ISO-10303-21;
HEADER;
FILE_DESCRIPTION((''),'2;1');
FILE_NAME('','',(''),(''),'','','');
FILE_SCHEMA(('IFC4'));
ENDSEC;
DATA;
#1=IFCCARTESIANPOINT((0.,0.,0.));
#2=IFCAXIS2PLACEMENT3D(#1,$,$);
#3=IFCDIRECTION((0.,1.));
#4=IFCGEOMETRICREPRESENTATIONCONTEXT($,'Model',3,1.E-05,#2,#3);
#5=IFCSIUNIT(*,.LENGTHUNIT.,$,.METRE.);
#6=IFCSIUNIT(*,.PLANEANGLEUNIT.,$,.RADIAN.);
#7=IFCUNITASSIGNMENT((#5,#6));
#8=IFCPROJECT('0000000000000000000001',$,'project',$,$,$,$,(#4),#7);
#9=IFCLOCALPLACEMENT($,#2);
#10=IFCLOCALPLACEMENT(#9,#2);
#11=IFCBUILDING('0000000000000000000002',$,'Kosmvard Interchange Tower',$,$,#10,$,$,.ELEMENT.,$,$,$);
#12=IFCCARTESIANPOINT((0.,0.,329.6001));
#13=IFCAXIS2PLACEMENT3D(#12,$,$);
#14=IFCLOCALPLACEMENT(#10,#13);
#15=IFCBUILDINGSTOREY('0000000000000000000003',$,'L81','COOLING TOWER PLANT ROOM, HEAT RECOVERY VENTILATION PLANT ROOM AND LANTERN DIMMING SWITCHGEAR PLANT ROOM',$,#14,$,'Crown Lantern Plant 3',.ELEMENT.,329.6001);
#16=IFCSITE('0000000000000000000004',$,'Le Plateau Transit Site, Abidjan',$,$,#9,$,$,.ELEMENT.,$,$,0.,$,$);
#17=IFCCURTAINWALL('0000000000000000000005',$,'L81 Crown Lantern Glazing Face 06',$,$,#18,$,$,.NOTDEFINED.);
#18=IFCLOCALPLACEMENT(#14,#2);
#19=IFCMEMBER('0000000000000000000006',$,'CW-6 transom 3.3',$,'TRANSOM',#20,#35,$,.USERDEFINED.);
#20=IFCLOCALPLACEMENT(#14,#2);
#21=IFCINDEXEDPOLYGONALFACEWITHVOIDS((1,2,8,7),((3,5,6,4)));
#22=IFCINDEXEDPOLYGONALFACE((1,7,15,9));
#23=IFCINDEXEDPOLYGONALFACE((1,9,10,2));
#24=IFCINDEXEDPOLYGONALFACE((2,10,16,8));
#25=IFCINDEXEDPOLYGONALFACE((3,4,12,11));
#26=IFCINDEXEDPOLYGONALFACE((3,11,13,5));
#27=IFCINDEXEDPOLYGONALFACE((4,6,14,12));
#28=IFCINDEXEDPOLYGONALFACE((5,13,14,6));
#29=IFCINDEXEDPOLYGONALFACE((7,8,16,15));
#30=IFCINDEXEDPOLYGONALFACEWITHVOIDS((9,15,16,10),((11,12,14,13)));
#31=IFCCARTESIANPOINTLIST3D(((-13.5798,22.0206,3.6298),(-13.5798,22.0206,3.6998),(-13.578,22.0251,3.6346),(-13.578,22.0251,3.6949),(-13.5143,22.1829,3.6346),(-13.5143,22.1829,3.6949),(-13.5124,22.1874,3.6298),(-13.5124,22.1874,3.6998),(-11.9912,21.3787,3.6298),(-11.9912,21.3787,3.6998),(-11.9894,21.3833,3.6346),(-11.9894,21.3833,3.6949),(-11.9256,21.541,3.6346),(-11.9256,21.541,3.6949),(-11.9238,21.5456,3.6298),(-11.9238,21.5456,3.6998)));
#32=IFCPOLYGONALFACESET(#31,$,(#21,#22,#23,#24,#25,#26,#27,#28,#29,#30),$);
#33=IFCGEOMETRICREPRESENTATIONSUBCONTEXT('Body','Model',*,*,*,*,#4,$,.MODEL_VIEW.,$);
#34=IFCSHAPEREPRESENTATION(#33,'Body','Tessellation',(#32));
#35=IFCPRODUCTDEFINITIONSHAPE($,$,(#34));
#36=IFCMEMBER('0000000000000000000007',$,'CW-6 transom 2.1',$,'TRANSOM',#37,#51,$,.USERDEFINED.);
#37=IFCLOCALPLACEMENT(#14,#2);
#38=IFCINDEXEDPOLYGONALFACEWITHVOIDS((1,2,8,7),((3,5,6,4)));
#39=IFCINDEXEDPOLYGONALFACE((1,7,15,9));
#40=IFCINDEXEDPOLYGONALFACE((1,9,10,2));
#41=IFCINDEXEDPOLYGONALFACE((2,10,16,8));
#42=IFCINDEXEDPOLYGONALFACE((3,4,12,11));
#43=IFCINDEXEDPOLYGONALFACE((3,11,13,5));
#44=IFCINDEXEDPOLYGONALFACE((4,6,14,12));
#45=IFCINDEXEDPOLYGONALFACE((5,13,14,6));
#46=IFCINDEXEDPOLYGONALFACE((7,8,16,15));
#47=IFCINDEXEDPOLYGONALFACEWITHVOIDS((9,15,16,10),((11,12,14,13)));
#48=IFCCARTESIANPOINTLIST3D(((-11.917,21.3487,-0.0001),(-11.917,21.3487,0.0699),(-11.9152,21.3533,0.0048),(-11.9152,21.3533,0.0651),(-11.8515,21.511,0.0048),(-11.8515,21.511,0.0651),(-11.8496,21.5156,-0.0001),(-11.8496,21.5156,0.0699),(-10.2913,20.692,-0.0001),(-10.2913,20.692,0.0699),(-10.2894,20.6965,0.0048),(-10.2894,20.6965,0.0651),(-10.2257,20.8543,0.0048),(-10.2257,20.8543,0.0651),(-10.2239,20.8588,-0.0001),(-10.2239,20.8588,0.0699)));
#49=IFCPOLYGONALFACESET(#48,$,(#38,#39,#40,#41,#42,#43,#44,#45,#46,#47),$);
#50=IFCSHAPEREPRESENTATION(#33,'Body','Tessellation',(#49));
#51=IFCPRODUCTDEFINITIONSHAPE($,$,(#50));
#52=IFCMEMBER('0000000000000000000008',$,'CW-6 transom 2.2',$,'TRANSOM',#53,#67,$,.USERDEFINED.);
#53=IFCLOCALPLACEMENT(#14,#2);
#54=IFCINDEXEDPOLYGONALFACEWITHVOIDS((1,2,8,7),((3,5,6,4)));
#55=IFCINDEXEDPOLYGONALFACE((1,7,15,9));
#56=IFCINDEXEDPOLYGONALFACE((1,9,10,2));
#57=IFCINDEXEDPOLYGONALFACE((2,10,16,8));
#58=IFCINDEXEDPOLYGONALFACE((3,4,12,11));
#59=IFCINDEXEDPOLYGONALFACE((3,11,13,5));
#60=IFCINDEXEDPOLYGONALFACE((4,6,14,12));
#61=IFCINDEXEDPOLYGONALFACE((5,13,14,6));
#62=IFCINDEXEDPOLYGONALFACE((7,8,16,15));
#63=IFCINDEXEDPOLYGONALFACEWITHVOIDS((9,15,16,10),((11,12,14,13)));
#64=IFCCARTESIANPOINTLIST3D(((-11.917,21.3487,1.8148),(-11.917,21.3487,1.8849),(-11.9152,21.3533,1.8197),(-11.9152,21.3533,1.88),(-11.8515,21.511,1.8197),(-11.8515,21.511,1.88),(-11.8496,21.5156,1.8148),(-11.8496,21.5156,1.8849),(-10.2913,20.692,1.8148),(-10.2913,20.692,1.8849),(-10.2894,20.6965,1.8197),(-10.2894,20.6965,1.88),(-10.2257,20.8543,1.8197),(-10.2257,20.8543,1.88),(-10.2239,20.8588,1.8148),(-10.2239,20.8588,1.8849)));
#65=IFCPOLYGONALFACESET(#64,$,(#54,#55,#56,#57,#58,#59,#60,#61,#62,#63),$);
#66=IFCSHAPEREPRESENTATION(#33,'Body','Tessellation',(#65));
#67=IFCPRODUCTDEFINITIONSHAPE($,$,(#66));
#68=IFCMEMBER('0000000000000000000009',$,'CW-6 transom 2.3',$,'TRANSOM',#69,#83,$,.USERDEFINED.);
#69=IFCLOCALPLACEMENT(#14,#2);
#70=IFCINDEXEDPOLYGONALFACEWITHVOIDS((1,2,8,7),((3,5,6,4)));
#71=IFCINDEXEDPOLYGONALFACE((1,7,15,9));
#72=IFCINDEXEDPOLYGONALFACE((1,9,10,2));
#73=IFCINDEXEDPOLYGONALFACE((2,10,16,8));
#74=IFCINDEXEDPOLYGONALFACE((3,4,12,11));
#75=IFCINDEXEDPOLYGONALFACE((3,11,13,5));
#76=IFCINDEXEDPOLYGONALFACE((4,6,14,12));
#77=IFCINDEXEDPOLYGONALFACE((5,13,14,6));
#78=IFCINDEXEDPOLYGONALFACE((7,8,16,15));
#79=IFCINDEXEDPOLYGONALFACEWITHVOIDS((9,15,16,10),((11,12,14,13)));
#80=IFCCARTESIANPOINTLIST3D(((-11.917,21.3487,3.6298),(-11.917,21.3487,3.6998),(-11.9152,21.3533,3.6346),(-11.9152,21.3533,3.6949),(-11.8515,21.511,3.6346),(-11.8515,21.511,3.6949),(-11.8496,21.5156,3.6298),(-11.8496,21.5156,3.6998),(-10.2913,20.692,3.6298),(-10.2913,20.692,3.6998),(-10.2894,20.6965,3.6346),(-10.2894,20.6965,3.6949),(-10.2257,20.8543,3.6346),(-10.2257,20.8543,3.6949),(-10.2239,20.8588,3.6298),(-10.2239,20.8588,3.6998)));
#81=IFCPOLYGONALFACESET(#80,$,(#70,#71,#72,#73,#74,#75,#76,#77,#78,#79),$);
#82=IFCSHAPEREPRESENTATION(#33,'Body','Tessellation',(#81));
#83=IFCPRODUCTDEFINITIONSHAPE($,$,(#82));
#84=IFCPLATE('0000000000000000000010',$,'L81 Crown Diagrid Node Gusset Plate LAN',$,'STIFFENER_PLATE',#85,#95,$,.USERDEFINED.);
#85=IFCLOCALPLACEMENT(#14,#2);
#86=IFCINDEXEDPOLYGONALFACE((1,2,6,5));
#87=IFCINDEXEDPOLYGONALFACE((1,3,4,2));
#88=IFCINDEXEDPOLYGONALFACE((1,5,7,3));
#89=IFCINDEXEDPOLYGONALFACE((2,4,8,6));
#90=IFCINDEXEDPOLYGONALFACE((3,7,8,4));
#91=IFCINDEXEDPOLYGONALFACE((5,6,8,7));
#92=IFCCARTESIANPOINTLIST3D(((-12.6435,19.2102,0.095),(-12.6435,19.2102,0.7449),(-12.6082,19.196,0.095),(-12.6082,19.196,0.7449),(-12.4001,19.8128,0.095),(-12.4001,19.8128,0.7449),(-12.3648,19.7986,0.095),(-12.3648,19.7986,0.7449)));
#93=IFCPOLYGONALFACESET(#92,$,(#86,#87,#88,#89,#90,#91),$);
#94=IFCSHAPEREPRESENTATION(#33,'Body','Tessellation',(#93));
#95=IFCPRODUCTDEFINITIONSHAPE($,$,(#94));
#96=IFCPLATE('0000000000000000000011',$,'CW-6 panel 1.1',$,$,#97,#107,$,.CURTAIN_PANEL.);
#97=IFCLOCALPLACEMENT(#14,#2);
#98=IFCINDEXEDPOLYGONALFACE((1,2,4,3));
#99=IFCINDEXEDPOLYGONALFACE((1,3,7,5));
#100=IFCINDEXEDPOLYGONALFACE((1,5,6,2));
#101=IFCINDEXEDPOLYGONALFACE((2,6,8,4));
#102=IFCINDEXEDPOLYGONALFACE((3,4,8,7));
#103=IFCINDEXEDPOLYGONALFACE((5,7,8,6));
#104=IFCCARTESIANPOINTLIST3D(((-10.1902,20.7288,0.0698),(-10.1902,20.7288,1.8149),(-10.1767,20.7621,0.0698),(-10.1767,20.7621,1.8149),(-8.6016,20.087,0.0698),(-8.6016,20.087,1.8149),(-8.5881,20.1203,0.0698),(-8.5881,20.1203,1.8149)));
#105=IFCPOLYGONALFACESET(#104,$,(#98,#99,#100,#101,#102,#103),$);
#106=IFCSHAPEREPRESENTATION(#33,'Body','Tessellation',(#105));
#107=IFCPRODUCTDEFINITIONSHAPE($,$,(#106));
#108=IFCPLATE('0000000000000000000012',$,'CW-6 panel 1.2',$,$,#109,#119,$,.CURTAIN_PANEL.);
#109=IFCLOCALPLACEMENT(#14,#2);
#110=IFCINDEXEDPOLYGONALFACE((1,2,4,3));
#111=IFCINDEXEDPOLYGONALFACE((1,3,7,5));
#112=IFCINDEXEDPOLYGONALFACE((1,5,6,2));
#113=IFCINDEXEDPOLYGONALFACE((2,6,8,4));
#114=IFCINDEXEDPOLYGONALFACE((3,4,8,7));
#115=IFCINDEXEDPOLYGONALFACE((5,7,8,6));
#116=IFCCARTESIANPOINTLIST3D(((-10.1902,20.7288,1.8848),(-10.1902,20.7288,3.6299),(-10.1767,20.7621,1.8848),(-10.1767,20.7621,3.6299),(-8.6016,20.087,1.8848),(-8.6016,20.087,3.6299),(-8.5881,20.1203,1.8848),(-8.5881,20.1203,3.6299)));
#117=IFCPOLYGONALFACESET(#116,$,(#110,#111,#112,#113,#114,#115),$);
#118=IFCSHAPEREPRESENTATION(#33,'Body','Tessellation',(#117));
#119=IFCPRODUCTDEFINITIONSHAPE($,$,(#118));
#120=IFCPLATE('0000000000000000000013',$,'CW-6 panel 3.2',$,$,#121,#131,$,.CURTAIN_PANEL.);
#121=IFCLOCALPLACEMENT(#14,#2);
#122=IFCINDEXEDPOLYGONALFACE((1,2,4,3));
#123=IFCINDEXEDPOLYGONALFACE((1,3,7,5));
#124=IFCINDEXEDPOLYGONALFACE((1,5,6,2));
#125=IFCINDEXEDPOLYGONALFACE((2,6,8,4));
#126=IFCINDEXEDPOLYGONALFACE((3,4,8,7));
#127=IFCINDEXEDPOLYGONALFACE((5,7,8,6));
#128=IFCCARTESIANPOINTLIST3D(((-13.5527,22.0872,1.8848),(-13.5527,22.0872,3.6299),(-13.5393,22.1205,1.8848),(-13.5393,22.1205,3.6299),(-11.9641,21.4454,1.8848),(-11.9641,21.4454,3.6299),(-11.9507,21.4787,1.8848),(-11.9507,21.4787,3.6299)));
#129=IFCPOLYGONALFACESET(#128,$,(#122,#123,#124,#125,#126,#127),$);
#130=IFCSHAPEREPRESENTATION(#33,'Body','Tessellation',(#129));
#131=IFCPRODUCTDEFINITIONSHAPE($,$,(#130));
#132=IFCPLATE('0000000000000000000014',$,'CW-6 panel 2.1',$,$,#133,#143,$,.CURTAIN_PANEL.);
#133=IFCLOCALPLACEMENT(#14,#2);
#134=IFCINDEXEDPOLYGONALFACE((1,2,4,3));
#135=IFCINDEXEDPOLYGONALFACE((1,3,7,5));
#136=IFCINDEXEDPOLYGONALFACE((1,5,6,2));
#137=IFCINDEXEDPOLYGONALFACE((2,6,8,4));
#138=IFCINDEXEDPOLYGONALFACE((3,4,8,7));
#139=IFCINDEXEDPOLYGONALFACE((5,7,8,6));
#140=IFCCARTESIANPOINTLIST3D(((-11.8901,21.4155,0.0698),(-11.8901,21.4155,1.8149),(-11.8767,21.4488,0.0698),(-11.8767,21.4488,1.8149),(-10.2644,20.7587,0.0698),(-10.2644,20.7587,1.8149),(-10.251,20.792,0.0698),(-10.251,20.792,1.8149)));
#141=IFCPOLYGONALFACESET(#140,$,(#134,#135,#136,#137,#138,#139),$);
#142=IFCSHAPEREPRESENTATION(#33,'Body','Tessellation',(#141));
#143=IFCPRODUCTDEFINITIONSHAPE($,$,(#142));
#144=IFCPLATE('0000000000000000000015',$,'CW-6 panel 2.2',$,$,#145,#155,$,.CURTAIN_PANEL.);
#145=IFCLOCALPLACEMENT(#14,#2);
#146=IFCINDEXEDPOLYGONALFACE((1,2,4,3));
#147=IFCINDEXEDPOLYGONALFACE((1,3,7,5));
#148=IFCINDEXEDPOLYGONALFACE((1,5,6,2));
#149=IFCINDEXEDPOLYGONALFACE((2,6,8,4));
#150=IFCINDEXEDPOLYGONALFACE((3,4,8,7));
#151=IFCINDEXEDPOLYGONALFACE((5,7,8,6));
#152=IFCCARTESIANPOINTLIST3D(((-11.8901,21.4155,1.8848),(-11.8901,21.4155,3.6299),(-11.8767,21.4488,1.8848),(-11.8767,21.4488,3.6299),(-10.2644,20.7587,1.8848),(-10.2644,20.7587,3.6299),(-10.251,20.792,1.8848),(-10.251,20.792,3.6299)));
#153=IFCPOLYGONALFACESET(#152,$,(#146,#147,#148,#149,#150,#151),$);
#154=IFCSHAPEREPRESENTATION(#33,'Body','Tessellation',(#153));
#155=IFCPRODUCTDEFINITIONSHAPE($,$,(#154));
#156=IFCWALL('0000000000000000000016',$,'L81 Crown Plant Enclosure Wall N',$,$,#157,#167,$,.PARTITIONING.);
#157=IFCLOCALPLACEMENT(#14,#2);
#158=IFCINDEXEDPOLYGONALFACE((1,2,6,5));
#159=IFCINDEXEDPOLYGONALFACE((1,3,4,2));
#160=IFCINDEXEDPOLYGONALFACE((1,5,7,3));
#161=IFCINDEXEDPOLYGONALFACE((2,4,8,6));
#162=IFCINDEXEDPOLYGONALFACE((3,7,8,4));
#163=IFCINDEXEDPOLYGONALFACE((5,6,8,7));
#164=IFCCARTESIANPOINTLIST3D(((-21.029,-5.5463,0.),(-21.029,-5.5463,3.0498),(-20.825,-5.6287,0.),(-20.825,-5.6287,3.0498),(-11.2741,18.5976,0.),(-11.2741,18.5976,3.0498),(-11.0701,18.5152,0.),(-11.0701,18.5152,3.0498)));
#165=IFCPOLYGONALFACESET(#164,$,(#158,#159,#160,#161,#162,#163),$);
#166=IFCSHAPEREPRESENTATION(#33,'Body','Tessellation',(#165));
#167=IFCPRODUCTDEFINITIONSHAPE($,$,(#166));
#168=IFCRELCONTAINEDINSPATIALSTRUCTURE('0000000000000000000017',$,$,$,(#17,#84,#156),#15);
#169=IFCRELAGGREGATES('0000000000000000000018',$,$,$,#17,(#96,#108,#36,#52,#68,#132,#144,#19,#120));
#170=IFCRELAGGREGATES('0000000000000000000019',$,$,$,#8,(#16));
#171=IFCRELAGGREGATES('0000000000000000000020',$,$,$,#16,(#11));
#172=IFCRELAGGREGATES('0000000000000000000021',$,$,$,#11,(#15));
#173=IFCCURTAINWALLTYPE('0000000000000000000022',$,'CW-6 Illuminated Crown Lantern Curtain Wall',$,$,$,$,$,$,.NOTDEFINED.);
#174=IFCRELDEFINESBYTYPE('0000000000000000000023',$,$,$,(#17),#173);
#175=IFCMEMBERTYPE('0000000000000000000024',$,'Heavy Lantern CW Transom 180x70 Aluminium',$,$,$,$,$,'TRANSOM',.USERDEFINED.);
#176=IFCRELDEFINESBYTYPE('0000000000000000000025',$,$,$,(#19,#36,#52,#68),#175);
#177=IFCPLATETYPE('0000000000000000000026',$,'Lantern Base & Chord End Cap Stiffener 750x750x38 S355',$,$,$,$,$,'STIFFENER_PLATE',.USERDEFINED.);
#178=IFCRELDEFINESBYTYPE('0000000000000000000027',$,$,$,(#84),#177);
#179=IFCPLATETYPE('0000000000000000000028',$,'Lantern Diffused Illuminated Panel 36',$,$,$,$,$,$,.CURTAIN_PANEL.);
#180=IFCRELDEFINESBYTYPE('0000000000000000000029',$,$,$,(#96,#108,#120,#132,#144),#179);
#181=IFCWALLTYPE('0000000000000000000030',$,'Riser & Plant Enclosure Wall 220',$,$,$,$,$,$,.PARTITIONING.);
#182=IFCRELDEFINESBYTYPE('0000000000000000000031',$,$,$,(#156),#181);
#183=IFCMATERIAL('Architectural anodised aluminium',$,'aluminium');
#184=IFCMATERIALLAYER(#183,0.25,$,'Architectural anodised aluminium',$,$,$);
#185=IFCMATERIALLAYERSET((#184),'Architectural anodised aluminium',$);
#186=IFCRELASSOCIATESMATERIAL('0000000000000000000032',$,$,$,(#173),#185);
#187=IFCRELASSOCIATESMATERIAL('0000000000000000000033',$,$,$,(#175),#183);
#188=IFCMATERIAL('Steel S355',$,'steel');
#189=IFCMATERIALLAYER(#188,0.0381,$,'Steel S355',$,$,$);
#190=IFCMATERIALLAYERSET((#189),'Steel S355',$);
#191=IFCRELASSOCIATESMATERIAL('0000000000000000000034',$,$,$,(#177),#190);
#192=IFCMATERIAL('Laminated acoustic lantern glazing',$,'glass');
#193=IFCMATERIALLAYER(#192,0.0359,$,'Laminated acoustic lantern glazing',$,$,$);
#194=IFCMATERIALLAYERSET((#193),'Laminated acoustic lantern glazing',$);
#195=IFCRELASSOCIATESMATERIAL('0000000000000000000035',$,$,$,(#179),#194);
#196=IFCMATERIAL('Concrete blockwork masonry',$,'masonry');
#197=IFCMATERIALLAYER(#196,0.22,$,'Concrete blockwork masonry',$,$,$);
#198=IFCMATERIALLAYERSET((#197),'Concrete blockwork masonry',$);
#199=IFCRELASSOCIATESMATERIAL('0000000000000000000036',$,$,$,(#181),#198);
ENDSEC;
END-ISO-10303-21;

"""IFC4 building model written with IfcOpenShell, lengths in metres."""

from ifc_helpers import new_model, si_unit, direction, frame, frame_2d, origin, origin_2d, place, context, subcontext, project, spatial, rectangle, hollow_rectangle, extrude, source, transform, mapped, material, layer, layer_set, material_profile, profile_set, type_object, element, aggregate, save


model = new_model("IFC4")

# Units and contexts
model_context = context("Model", 3, precision=1e-05, world=origin(), true_north=direction((0.0, 1.0)))
body_context = subcontext(model_context, "Body", "Model", "MODEL_VIEW")
ifc_project = project(units=[si_unit("LENGTHUNIT", "METRE"), si_unit("PLANEANGLEUNIT", "RADIAN")], contexts=[model_context])

# Site, building, storey
site_placement = place(None, origin())
site = spatial("IfcSite", under=ifc_project, at=site_placement, Name="Le Plateau Transit Site, Abidjan", CompositionType="ELEMENT", RefElevation=0.0)
building_placement = place(site_placement, origin())
building = spatial("IfcBuilding", under=site, at=building_placement, Name="Kosmvard Interchange Tower", CompositionType="ELEMENT")
storey_placement = place(building_placement, frame((0.0, 0.0, 329.6001)))
storey = spatial("IfcBuildingStorey", under=building, at=storey_placement, Name="L81", Description="COOLING TOWER PLANT ROOM, HEAT RECOVERY VENTILATION PLANT ROOM AND LANTERN DIMMING SWITCHGEAR PLANT ROOM", LongName="Crown Lantern Plant 3", CompositionType="ELEMENT", Elevation=329.6001)

# Shared definitions
ifc_material_1 = material(Name="Steel S355", Category="steel")

# Curtain wall, members
ifc_material_2 = material(Name="Architectural anodised aluminium", Category="aluminium")
ifc_layer_1 = layer(ifc_material_2, 0.25, Name="Architectural anodised aluminium")
ifc_layer_set_1 = layer_set([ifc_layer_1], Name="Architectural anodised aluminium")
curtain_wall_type = type_object("IfcCurtainWallType", Name="CW-6 Illuminated Crown Lantern Curtain Wall", PredefinedType="NOTDEFINED", material=ifc_layer_set_1)
curtain_wall_placement = place(storey_placement, origin())
curtain_wall = element("IfcCurtainWall", 1, at=curtain_wall_placement, inside=storey, type_object=curtain_wall_type, Name="L81 Crown Lantern Glazing Face 06", PredefinedType="NOTDEFINED")
ifc_material_profile_1 = material_profile(ifc_material_2, hollow_rectangle(XDim=0.1799, YDim=0.0701, WallThickness=0.0049, at=origin_2d()), Name="CWT 180x70x5")
ifc_profile_set_1 = profile_set([ifc_material_profile_1], Name="Architectural anodised aluminium")
member_type_1 = type_object("IfcMemberType", Name="Heavy Lantern CW Transom 180x70 Aluminium", ElementType="TRANSOM", PredefinedType="USERDEFINED", material=ifc_profile_set_1)
shared_shape_1 = source(origin(), body_context, "Body", "SweptSolid", [
    extrude(hollow_rectangle(XDim=0.1799, YDim=0.0701, WallThickness=0.0049, at=origin_2d()), origin(), (0.0, 0.0, 1.0), 1.7134),
])
member_1_placement = place(storey_placement, frame((-11.9575, 21.4622, 3.6648), z_axis=(-0.927184, 0.374607, 0.0), x_axis=(-0.374607, -0.927184, 0.0)))
member_1 = element("IfcMember", 2, at=member_1_placement, type_object=member_type_1, Name="CW-6 transom 3.3", ObjectType="TRANSOM", PredefinedType="USERDEFINED", context=body_context, shape_type="MappedRepresentation", body=[
    mapped(shared_shape_1, transform((0.0, 0.0, 0.0), scale=1.0)),
])
shared_shape_2 = source(origin(), body_context, "Body", "SweptSolid", [
    extrude(hollow_rectangle(XDim=0.1799, YDim=0.0701, WallThickness=0.0049, at=origin_2d()), origin(), (0.0, 0.0, 1.0), 1.7534),
])
member_2_placement = place(storey_placement, frame((-10.2576, 20.7754, 0.0349), z_axis=(-0.927204, 0.374557, 0.0), x_axis=(-0.374557, -0.927204, 0.0)))
member_2 = element("IfcMember", 3, at=member_2_placement, type_object=member_type_1, Name="CW-6 transom 2.1", ObjectType="TRANSOM", PredefinedType="USERDEFINED", context=body_context, shape_type="MappedRepresentation", body=[
    mapped(shared_shape_2, transform((0.0, 0.0, 0.0), scale=1.0)),
])
member_3_placement = place(storey_placement, frame((-10.2576, 20.7754, 1.8499), z_axis=(-0.927204, 0.374557, 0.0), x_axis=(-0.374557, -0.927204, 0.0)))
member_3 = element("IfcMember", 4, at=member_3_placement, type_object=member_type_1, Name="CW-6 transom 2.2", ObjectType="TRANSOM", PredefinedType="USERDEFINED", context=body_context, shape_type="MappedRepresentation", body=[
    mapped(shared_shape_2, transform((0.0, 0.0, 0.0), scale=1.0)),
])
member_4_placement = place(storey_placement, frame((-10.2576, 20.7754, 3.6648), z_axis=(-0.927204, 0.374557, 0.0), x_axis=(-0.374557, -0.927204, 0.0)))
member_4 = element("IfcMember", 5, at=member_4_placement, type_object=member_type_1, Name="CW-6 transom 2.3", ObjectType="TRANSOM", PredefinedType="USERDEFINED", context=body_context, shape_type="MappedRepresentation", body=[
    mapped(shared_shape_2, transform((0.0, 0.0, 0.0), scale=1.0)),
])

# Plates
ifc_layer_2 = layer(ifc_material_1, 0.0381, Name="Steel S355")
ifc_layer_set_2 = layer_set([ifc_layer_2], Name="Steel S355")
plate_type_1 = type_object("IfcPlateType", Name="Lantern Base & Chord End Cap Stiffener 750x750x38 S355", ElementType="STIFFENER_PLATE", PredefinedType="USERDEFINED", material=ifc_layer_set_2)
shared_shape_3 = source(origin(), body_context, "Body", "SweptSolid", [
    extrude(rectangle(XDim=0.6499, YDim=0.0381, at=origin_2d()), origin(), (0.0, 0.0, 1.0), 0.6499),
])
plate_1_placement = place(storey_placement, frame((-12.5042, 19.5044, 0.095), z_axis=(0.0, 0.0, 1.0), x_axis=(0.374607, 0.927184, 0.0)))
element("IfcPlate", 6, at=plate_1_placement, inside=storey, type_object=plate_type_1, Name="L81 Crown Diagrid Node Gusset Plate LAN", ObjectType="STIFFENER_PLATE", PredefinedType="USERDEFINED", context=body_context, shape_type="MappedRepresentation", body=[
    mapped(shared_shape_3, transform((0.0, 0.0, 0.0), scale=1.0)),
])
ifc_material_3 = material(Name="Laminated acoustic lantern glazing", Category="glass")
ifc_layer_3 = layer(ifc_material_3, 0.0359, Name="Laminated acoustic lantern glazing")
ifc_layer_set_3 = layer_set([ifc_layer_3], Name="Laminated acoustic lantern glazing")
plate_type_2 = type_object("IfcPlateType", Name="Lantern Diffused Illuminated Panel 36", PredefinedType="CURTAIN_PANEL", material=ifc_layer_set_3)
shared_shape_4 = source(origin(), body_context, "Body", "SweptSolid", [
    extrude(rectangle(XDim=1.7134, YDim=0.0359, at=origin_2d()), origin(), (0.0, 0.0, 1.0), 1.7451),
])
plate_2_placement = place(storey_placement, frame((-9.3892, 20.4246, 0.0698), z_axis=(0.0, 0.0, 1.0), x_axis=(-0.927184, 0.374607, 0.0)))
plate_2 = element("IfcPlate", 7, at=plate_2_placement, type_object=plate_type_2, Name="CW-6 panel 1.1", PredefinedType="CURTAIN_PANEL", context=body_context, shape_type="MappedRepresentation", body=[
    mapped(shared_shape_4, transform((0.0, 0.0, 0.0), scale=1.0)),
])
plate_3_placement = place(storey_placement, frame((-9.3892, 20.4246, 1.8848), z_axis=(0.0, 0.0, 1.0), x_axis=(-0.927184, 0.374607, 0.0)))
plate_3 = element("IfcPlate", 8, at=plate_3_placement, type_object=plate_type_2, Name="CW-6 panel 1.2", PredefinedType="CURTAIN_PANEL", context=body_context, shape_type="MappedRepresentation", body=[
    mapped(shared_shape_4, transform((0.0, 0.0, 0.0), scale=1.0)),
])
plate_4_placement = place(storey_placement, frame((-12.7517, 21.783, 1.8848), z_axis=(0.0, 0.0, 1.0), x_axis=(-0.927184, 0.374607, 0.0)))
plate_4 = element("IfcPlate", 9, at=plate_4_placement, type_object=plate_type_2, Name="CW-6 panel 3.2", PredefinedType="CURTAIN_PANEL", context=body_context, shape_type="MappedRepresentation", body=[
    mapped(shared_shape_4, transform((0.0, 0.0, 0.0), scale=1.0)),
])
shared_shape_5 = source(origin(), body_context, "Body", "SweptSolid", [
    extrude(rectangle(XDim=1.7534, YDim=0.0359, at=origin_2d()), origin(), (0.0, 0.0, 1.0), 1.7451),
])
plate_5_placement = place(storey_placement, frame((-11.0706, 21.1038, 0.0698), z_axis=(0.0, 0.0, 1.0), x_axis=(-0.927184, 0.374607, 0.0)))
plate_5 = element("IfcPlate", 10, at=plate_5_placement, type_object=plate_type_2, Name="CW-6 panel 2.1", PredefinedType="CURTAIN_PANEL", context=body_context, shape_type="MappedRepresentation", body=[
    mapped(shared_shape_5, transform((0.0, 0.0, 0.0), scale=1.0)),
])
plate_6_placement = place(storey_placement, frame((-11.0706, 21.1038, 1.8848), z_axis=(0.0, 0.0, 1.0), x_axis=(-0.927184, 0.374607, 0.0)))
plate_6 = element("IfcPlate", 11, at=plate_6_placement, type_object=plate_type_2, Name="CW-6 panel 2.2", PredefinedType="CURTAIN_PANEL", context=body_context, shape_type="MappedRepresentation", body=[
    mapped(shared_shape_5, transform((0.0, 0.0, 0.0), scale=1.0)),
])
aggregate(curtain_wall, [plate_2, plate_3, member_2, member_3, member_4, plate_5, plate_6, member_1, plate_4])

# Wall
ifc_material_4 = material(Name="Concrete blockwork masonry", Category="masonry")
ifc_layer_4 = layer(ifc_material_4, 0.22, Name="Concrete blockwork masonry")
ifc_layer_set_4 = layer_set([ifc_layer_4], Name="Concrete blockwork masonry")
wall_type = type_object("IfcWallType", Name="Riser & Plant Enclosure Wall 220", PredefinedType="PARTITIONING", material=ifc_layer_set_4)
wall_placement = place(storey_placement, frame((-11.1721, 18.5564, 0.0), z_axis=(0.0, 0.0, 1.0), x_axis=(-0.374612, -0.927182, 0.0)))
element("IfcWall", 12, at=wall_placement, inside=storey, type_object=wall_type, Name="L81 Crown Plant Enclosure Wall N", PredefinedType="PARTITIONING", context=body_context, shape_type="SweptSolid", body=[
    extrude(rectangle(XDim=26.04, YDim=0.22, at=frame_2d((13.02, 0.0))), origin(), (0.0, 0.0, 1.0), 3.0498),
])

save(model, "model.ifc")
